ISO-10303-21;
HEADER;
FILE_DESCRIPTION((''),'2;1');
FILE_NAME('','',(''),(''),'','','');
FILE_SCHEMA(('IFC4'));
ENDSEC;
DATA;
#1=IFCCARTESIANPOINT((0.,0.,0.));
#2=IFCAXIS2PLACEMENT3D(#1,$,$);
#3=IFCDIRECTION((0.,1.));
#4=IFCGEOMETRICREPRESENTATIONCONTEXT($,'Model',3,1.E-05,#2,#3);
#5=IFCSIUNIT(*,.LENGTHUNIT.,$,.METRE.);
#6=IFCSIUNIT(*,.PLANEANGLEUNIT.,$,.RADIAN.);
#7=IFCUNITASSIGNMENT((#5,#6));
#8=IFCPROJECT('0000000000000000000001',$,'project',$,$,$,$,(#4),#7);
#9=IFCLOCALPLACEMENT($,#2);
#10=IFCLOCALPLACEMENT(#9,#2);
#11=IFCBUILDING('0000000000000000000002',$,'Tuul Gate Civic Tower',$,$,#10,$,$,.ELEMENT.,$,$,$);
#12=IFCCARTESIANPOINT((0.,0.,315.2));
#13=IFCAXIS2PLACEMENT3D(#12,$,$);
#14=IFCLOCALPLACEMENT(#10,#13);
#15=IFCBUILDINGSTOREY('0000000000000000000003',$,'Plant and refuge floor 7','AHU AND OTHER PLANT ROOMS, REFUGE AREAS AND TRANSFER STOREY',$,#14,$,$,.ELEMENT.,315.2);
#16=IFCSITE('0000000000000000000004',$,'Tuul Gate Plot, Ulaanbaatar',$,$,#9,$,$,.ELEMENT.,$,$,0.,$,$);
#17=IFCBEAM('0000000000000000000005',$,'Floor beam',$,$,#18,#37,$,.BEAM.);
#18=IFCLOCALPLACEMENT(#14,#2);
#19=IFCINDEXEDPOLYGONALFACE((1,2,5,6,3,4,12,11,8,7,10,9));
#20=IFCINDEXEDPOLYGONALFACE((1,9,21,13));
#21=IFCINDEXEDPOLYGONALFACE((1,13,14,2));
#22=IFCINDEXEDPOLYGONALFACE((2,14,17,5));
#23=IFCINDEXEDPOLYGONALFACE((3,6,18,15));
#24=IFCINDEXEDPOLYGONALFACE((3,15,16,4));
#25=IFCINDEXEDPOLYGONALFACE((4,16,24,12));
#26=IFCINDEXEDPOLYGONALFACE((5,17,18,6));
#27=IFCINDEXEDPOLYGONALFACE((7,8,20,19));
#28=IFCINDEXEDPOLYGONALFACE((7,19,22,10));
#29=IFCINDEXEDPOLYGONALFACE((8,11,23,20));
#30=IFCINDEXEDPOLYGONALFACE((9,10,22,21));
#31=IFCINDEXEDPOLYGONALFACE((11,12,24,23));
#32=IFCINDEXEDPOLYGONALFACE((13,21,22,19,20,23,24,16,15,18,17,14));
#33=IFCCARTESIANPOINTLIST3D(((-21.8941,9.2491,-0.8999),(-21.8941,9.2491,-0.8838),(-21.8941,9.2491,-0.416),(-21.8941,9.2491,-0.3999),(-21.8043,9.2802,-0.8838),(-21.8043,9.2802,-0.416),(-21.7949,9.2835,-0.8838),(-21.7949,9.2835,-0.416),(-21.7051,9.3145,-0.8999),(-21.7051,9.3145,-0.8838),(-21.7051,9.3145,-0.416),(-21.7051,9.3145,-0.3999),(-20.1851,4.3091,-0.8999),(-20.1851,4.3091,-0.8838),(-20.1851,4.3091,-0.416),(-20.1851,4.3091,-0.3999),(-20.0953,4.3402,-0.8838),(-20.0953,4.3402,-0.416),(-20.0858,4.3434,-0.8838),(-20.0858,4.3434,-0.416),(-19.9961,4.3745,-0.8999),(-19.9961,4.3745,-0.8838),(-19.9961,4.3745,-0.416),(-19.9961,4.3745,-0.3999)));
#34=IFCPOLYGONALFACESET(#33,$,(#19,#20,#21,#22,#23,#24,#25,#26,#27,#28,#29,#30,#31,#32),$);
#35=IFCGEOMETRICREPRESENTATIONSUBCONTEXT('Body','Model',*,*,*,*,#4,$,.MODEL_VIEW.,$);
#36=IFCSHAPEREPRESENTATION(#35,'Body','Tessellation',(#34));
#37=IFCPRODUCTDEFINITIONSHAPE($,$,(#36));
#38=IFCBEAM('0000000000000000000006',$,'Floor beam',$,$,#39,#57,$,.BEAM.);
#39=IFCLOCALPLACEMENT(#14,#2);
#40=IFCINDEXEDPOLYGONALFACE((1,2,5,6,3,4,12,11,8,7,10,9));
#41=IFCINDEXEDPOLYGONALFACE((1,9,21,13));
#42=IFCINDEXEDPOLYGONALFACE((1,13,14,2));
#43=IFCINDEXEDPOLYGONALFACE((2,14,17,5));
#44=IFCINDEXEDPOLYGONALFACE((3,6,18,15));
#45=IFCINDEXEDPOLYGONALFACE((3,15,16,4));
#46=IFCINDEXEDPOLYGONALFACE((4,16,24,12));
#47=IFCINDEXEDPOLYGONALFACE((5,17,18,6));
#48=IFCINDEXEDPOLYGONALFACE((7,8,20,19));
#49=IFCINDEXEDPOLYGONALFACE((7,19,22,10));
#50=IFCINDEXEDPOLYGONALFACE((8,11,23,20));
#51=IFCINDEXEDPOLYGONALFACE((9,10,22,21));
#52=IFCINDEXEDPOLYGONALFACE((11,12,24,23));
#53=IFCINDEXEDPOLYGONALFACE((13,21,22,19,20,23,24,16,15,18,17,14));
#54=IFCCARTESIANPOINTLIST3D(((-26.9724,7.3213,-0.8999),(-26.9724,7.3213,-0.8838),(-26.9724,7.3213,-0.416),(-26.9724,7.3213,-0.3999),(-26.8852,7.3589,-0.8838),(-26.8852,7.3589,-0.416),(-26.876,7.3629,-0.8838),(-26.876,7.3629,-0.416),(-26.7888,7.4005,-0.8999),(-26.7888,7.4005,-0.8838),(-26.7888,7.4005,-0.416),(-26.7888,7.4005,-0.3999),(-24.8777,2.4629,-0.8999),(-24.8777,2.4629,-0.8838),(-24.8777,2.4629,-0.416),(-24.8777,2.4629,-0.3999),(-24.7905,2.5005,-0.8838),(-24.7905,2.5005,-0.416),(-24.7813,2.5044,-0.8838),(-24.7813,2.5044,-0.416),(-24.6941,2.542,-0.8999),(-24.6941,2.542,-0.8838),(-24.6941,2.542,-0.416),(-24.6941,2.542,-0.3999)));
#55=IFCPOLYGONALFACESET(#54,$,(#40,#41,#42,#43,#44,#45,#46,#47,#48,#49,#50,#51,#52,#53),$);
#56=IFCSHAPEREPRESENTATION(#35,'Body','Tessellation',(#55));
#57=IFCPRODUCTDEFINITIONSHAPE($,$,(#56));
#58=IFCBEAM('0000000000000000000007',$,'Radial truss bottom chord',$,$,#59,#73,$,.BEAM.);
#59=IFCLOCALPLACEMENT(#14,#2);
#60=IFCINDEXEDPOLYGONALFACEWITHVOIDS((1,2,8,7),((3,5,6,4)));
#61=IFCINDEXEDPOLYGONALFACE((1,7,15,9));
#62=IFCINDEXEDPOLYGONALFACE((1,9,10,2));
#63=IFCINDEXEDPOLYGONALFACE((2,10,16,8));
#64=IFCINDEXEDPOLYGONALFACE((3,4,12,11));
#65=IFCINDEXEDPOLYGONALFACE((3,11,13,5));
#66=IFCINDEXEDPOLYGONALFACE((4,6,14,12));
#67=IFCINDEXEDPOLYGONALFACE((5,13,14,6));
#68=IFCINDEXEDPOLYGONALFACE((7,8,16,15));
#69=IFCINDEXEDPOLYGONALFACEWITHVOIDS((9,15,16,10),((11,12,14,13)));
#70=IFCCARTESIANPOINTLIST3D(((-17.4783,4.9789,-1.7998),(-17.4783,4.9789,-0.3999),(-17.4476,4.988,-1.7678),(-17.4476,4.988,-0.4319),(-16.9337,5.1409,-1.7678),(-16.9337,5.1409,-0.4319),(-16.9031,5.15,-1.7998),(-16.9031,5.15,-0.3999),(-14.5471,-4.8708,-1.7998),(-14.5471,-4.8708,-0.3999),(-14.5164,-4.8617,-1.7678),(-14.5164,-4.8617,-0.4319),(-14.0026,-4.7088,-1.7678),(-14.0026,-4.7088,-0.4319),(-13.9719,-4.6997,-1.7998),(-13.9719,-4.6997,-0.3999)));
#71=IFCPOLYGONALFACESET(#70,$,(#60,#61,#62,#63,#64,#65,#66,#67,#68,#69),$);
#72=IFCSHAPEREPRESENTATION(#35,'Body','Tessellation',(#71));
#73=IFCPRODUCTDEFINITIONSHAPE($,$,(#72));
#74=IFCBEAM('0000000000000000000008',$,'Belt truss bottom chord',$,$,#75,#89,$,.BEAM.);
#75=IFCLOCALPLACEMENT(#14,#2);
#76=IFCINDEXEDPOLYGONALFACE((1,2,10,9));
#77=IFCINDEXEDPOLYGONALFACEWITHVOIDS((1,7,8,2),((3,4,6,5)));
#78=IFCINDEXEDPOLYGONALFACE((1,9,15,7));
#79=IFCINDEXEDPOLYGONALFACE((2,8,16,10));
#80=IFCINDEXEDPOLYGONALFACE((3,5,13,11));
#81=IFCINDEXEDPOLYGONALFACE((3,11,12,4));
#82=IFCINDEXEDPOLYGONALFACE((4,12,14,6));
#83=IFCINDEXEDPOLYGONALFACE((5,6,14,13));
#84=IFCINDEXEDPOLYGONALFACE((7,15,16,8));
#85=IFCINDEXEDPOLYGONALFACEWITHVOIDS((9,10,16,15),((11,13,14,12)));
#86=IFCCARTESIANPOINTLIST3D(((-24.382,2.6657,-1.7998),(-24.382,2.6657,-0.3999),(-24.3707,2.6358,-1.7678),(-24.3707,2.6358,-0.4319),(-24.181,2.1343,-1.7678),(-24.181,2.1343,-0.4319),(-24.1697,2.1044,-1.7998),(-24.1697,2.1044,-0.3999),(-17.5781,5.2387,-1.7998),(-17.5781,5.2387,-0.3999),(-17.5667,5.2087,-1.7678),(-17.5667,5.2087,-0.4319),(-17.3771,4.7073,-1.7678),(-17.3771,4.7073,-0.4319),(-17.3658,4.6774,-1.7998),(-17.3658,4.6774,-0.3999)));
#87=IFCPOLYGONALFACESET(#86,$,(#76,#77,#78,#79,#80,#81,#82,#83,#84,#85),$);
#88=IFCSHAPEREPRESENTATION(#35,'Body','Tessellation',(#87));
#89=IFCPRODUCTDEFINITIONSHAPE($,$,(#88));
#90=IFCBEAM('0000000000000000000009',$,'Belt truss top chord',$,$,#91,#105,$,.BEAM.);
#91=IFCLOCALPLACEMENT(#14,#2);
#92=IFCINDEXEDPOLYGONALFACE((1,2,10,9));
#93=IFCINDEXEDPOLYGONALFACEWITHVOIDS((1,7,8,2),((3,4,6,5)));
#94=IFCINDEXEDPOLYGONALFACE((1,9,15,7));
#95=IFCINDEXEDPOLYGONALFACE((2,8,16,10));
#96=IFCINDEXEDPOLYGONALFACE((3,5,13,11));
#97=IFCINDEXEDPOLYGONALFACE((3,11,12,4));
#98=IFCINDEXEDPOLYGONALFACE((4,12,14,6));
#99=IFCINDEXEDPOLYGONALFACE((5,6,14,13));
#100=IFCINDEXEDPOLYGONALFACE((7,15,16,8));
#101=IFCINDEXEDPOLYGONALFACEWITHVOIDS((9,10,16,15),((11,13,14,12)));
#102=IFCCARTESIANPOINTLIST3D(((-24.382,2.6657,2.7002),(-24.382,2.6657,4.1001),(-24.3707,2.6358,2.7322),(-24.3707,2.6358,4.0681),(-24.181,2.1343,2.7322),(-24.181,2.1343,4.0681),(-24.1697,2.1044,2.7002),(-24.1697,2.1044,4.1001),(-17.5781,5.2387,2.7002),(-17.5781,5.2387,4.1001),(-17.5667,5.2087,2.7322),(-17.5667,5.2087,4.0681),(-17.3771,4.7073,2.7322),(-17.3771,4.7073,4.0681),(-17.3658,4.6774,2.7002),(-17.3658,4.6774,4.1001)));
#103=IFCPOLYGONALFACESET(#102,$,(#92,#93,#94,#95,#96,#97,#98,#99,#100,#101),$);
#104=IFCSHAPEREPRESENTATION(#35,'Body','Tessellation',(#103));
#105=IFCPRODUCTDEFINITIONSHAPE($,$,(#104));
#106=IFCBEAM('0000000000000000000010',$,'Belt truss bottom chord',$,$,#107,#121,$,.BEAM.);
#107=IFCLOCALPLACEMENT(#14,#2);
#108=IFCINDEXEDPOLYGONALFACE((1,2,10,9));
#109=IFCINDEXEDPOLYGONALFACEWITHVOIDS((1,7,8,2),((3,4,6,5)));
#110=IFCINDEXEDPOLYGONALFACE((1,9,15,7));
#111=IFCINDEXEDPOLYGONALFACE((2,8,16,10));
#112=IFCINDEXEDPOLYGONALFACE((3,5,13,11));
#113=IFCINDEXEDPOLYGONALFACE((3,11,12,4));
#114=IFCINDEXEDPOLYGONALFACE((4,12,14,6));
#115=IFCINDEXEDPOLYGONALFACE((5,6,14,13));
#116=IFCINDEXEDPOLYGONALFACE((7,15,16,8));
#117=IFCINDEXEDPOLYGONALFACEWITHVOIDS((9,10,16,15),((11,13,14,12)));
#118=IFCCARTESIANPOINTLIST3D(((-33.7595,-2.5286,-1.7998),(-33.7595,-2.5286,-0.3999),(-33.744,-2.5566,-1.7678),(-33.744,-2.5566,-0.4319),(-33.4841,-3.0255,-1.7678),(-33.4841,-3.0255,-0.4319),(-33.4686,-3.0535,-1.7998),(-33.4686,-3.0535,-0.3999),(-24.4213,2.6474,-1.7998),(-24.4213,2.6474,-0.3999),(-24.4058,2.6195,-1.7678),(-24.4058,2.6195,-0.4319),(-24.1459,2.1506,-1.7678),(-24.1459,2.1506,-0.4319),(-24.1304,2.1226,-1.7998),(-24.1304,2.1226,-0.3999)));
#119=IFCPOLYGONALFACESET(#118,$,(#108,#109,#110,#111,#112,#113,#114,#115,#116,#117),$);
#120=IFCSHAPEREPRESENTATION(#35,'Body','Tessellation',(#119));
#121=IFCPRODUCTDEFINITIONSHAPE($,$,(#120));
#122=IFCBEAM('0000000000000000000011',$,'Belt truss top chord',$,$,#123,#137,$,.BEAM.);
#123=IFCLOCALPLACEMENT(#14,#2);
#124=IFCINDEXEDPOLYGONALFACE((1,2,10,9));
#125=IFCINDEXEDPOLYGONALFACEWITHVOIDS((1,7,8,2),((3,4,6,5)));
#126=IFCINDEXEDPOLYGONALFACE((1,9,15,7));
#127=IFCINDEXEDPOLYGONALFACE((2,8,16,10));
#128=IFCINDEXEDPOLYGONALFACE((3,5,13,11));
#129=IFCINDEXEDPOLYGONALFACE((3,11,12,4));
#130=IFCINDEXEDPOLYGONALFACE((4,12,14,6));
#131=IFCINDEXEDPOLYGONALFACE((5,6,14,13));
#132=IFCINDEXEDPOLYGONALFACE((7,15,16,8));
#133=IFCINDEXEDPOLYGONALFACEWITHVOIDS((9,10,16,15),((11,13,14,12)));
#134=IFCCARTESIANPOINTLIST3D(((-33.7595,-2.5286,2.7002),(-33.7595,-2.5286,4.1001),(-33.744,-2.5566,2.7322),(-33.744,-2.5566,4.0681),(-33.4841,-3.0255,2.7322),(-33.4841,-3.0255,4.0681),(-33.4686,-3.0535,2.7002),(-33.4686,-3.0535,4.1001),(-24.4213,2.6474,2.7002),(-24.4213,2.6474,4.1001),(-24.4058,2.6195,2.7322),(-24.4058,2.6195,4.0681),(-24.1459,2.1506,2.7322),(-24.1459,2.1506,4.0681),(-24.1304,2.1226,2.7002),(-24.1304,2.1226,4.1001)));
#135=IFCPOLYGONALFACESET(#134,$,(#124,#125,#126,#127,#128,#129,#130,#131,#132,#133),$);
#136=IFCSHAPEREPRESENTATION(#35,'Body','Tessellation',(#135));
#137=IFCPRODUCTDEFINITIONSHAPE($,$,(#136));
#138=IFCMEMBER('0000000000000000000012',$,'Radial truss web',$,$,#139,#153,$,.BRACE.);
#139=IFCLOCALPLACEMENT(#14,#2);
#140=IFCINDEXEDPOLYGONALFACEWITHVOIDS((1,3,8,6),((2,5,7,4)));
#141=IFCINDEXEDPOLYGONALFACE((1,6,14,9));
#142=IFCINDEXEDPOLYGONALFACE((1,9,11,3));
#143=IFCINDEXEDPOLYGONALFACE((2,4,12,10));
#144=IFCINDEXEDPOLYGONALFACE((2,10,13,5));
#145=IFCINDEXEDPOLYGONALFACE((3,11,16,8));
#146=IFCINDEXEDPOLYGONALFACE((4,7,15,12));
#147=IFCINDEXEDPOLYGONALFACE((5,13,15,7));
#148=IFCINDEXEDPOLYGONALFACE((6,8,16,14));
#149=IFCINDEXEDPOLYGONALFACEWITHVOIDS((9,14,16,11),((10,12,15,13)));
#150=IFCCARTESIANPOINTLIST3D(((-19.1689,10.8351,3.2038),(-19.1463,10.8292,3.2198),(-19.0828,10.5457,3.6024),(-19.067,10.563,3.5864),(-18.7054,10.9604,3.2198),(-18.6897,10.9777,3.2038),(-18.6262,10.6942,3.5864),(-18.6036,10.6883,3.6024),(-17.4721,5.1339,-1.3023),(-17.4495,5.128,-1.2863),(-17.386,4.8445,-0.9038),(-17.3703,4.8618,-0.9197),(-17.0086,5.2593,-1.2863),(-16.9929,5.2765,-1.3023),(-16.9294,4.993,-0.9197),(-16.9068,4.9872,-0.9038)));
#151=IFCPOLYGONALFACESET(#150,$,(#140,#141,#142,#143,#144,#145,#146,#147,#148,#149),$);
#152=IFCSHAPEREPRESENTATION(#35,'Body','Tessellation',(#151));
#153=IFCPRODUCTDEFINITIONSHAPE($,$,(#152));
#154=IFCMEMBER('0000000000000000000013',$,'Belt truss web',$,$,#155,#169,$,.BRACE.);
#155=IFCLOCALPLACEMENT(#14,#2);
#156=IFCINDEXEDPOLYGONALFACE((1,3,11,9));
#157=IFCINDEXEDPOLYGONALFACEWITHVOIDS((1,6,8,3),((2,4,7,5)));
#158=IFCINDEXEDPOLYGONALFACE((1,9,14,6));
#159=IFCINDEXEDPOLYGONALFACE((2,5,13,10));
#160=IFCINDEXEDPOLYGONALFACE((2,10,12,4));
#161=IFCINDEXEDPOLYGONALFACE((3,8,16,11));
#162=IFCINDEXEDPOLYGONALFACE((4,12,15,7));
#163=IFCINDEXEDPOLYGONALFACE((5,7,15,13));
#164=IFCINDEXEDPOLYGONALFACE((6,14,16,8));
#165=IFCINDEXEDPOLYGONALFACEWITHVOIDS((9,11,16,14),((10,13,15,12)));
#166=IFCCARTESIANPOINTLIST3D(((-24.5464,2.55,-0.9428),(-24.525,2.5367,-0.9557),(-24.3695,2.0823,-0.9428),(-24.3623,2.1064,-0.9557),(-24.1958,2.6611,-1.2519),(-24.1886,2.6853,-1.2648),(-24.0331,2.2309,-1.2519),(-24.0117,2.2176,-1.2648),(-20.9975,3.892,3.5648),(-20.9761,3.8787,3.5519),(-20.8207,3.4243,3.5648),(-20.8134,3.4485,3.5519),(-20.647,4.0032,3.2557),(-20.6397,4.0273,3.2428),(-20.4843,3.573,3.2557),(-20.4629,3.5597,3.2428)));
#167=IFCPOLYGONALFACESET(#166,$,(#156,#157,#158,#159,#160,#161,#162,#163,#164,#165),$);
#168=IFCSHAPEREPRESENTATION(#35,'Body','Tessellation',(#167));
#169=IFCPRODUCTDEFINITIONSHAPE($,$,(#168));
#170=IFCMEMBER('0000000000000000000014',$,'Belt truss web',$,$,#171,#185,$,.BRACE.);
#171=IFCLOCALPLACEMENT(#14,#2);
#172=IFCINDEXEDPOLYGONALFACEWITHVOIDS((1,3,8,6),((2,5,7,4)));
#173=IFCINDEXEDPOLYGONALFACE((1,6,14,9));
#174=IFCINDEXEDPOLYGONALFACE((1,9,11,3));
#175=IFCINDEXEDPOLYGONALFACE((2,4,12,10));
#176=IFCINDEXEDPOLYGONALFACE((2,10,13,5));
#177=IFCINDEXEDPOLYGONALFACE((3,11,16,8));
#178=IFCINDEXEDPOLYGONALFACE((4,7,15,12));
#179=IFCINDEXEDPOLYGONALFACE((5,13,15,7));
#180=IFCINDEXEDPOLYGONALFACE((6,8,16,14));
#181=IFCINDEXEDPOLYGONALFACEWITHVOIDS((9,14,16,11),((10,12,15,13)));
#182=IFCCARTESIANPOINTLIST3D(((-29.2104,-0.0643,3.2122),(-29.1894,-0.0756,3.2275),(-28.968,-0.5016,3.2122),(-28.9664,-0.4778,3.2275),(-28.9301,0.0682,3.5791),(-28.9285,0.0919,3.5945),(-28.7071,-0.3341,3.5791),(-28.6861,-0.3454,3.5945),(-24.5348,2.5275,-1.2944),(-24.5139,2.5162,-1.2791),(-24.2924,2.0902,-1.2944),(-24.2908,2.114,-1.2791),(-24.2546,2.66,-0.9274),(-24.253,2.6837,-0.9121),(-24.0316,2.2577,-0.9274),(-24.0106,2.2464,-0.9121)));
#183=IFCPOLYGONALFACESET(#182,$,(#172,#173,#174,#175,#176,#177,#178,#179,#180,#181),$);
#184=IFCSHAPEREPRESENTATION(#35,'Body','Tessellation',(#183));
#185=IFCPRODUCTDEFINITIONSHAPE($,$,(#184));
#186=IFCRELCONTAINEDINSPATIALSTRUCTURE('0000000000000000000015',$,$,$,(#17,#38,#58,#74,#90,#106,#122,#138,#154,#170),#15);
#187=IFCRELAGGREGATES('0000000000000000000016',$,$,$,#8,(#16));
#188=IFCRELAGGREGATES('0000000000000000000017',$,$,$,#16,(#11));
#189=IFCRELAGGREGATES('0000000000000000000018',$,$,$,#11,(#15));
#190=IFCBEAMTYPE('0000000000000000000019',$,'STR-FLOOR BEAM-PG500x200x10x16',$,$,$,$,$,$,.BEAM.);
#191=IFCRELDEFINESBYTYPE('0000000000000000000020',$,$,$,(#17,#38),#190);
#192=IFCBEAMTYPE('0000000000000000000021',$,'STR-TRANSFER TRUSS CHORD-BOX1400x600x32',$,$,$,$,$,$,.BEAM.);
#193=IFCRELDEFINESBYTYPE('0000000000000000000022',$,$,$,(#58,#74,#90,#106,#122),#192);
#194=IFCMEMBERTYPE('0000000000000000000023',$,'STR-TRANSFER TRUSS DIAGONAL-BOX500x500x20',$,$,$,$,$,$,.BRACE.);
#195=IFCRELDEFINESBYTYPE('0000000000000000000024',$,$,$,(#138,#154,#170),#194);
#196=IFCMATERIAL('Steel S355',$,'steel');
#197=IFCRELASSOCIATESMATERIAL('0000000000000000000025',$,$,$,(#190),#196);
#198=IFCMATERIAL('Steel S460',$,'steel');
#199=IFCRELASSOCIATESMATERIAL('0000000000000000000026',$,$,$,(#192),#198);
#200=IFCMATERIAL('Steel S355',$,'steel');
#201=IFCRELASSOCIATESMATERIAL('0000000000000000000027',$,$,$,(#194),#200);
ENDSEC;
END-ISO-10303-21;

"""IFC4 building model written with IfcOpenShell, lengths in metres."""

from ifc_helpers import new_model, si_unit, direction, frame, origin, origin_2d, place, context, subcontext, project, spatial, hollow_rectangle, i_section, extrude, material, material_profile, profile_set, type_object, element, save


model = new_model("IFC4")

# Units and contexts
model_context = context("Model", 3, precision=1e-05, world=origin(), true_north=direction((0.0, 1.0)))
body_context = subcontext(model_context, "Body", "Model", "MODEL_VIEW")
ifc_project = project(units=[si_unit("LENGTHUNIT", "METRE"), si_unit("PLANEANGLEUNIT", "RADIAN")], contexts=[model_context])

# Site, building, storey
site_placement = place(None, origin())
site = spatial("IfcSite", under=ifc_project, at=site_placement, Name="Tuul Gate Plot, Ulaanbaatar", CompositionType="ELEMENT", RefElevation=0.0)
building_placement = place(site_placement, origin())
building = spatial("IfcBuilding", under=site, at=building_placement, Name="Tuul Gate Civic Tower", CompositionType="ELEMENT")
storey_placement = place(building_placement, frame((0.0, 0.0, 315.2)))
storey = spatial("IfcBuildingStorey", under=building, at=storey_placement, Name="Plant and refuge floor 7", Description="AHU AND OTHER PLANT ROOMS, REFUGE AREAS AND TRANSFER STOREY", CompositionType="ELEMENT", Elevation=315.2)

# Beams
ifc_material_1 = material(Name="Steel S355", Category="steel")
ifc_material_profile_1 = material_profile(ifc_material_1, i_section(OverallWidth=0.2, OverallDepth=0.5, WebThickness=0.01, FlangeThickness=0.0161, at=origin_2d()), Name="PG500x200x10x16")
ifc_profile_set_1 = profile_set([ifc_material_profile_1], Name="Steel S355")
beam_type_1 = type_object("IfcBeamType", Name="STR-FLOOR BEAM-PG500x200x10x16", PredefinedType="BEAM", material=ifc_profile_set_1)
beam_1_placement = place(storey_placement, frame((-20.0906, 4.3418, -0.6499), z_axis=(-0.326941, 0.945045, 0.0), x_axis=(-0.945045, -0.326941, 0.0)))
element("IfcBeam", 1, at=beam_1_placement, inside=storey, type_object=beam_type_1, Name="Floor beam", PredefinedType="BEAM", context=body_context, shape_type="SweptSolid", body=[
    extrude(i_section(OverallWidth=0.2, OverallDepth=0.5, WebThickness=0.01, FlangeThickness=0.0161, at=origin_2d()), origin(), (0.0, 0.0, 1.0), 5.2273),
])
beam_2_placement = place(storey_placement, frame((-24.7859, 2.5024, -0.6499), z_axis=(-0.395923, 0.918284, 0.0), x_axis=(-0.918284, -0.395923, 0.0)))
element("IfcBeam", 2, at=beam_2_placement, inside=storey, type_object=beam_type_1, Name="Floor beam", PredefinedType="BEAM", context=body_context, shape_type="SweptSolid", body=[
    extrude(i_section(OverallWidth=0.2, OverallDepth=0.5, WebThickness=0.01, FlangeThickness=0.0161, at=origin_2d()), origin(), (0.0, 0.0, 1.0), 5.2908),
])
ifc_material_2 = material(Name="Steel S460", Category="steel")
ifc_material_profile_2 = material_profile(ifc_material_2, hollow_rectangle(XDim=0.6001, YDim=1.3999, WallThickness=0.032, at=origin_2d()), Name="BOX1400x600x32")
ifc_profile_set_2 = profile_set([ifc_material_profile_2], Name="Steel S460")
beam_type_2 = type_object("IfcBeamType", Name="STR-TRANSFER TRUSS CHORD-BOX1400x600x32", PredefinedType="BEAM", material=ifc_profile_set_2)
beam_3_placement = place(storey_placement, frame((-17.1907, 5.0645, -1.0999), z_axis=(0.285229, -0.95846, 0.0), x_axis=(0.95846, 0.285229, 0.0)))
element("IfcBeam", 3, at=beam_3_placement, inside=storey, type_object=beam_type_2, Name="Radial truss bottom chord", PredefinedType="BEAM", context=body_context, shape_type="SweptSolid", body=[
    extrude(hollow_rectangle(XDim=0.6001, YDim=1.3999, WallThickness=0.032, at=origin_2d()), origin(), (0.0, 0.0, 1.0), 10.2766),
])
for number, where, z_axis, x_axis, name in (
    (4, (-17.4719, 4.958, -1.0999), (-0.935353, -0.353715, 0.0), (0.353715, -0.935353, 0.0), "Belt truss bottom chord"),
    (5, (-17.4719, 4.958, 3.4001), (-0.935353, -0.353715, 0.0), (0.353715, -0.935353, 0.0), "Belt truss top chord"),
):
    element("IfcBeam", number, at=place(storey_placement, frame(where, z_axis=z_axis, x_axis=x_axis)), inside=storey, type_object=beam_type_2, Name=name, PredefinedType="BEAM", context=body_context, shape_type="SweptSolid", body=[
        extrude(hollow_rectangle(XDim=0.6001, YDim=1.3999, WallThickness=0.032, at=origin_2d()), origin(), (0.0, 0.0, 1.0), 7.2742),
    ])
for number, where, z_axis, x_axis, name in (
    (6, (-24.2759, 2.385, -1.0999), (-0.874627, -0.484796, 0.0), (0.484796, -0.874627, 0.0), "Belt truss bottom chord"),
    (7, (-24.2759, 2.385, 3.4001), (-0.874627, -0.484796, 0.0), (0.484796, -0.874627, 0.0), "Belt truss top chord"),
):
    element("IfcBeam", number, at=place(storey_placement, frame(where, z_axis=z_axis, x_axis=x_axis)), inside=storey, type_object=beam_type_2, Name=name, PredefinedType="BEAM", context=body_context, shape_type="SweptSolid", body=[
        extrude(hollow_rectangle(XDim=0.6001, YDim=1.3999, WallThickness=0.032, at=origin_2d()), origin(), (0.0, 0.0, 1.0), 10.6768),
    ])

# Members
ifc_material_3 = material(Name="Steel S355", Category="steel")
ifc_material_profile_3 = material_profile(ifc_material_3, hollow_rectangle(XDim=0.5, YDim=0.5, WallThickness=0.02, at=origin_2d()), Name="BOX500x500x20")
ifc_profile_set_3 = profile_set([ifc_material_profile_3], Name="Steel S355")
member_type_1 = type_object("IfcMemberType", Name="STR-TRANSFER TRUSS DIAGONAL-BOX500x500x20", PredefinedType="BRACE", material=ifc_profile_set_3)
member_1_placement = place(storey_placement, frame((-17.1895, 5.0605, -1.103), z_axis=(-0.227377, 0.763987, 0.603841), x_axis=(-0.958452, -0.285254, 0.0)))
element("IfcMember", 8, at=member_1_placement, inside=storey, type_object=member_type_1, Name="Radial truss web", PredefinedType="BRACE", context=body_context, shape_type="SweptSolid", body=[
    extrude(hollow_rectangle(XDim=0.5, YDim=0.5, WallThickness=0.02, at=origin_2d()), origin(), (0.0, 0.0, 1.0), 7.4624),
])
member_2_placement = place(storey_placement, frame((-24.2791, 2.3838, -1.1038), z_axis=(0.602332, 0.227781, 0.765057), x_axis=(-0.353717, 0.935352, 0.0)))
element("IfcMember", 9, at=member_2_placement, inside=storey, type_object=member_type_1, Name="Belt truss web", PredefinedType="BRACE", context=body_context, shape_type="SweptSolid", body=[
    extrude(hollow_rectangle(XDim=0.5, YDim=0.5, WallThickness=0.02, at=origin_2d()), origin(), (0.0, 0.0, 1.0), 5.8918),
])
member_3_placement = place(storey_placement, frame((-24.2727, 2.387, -1.1033), z_axis=(-0.668702, -0.370683, 0.64454), x_axis=(0.484825, -0.874611, 0.0)))
element("IfcMember", 10, at=member_3_placement, inside=storey, type_object=member_type_1, Name="Belt truss web", PredefinedType="BRACE", context=body_context, shape_type="SweptSolid", body=[
    extrude(hollow_rectangle(XDim=0.5, YDim=0.5, WallThickness=0.02, at=origin_2d()), origin(), (0.0, 0.0, 1.0), 6.9919),
])

save(model, "model.ifc")
